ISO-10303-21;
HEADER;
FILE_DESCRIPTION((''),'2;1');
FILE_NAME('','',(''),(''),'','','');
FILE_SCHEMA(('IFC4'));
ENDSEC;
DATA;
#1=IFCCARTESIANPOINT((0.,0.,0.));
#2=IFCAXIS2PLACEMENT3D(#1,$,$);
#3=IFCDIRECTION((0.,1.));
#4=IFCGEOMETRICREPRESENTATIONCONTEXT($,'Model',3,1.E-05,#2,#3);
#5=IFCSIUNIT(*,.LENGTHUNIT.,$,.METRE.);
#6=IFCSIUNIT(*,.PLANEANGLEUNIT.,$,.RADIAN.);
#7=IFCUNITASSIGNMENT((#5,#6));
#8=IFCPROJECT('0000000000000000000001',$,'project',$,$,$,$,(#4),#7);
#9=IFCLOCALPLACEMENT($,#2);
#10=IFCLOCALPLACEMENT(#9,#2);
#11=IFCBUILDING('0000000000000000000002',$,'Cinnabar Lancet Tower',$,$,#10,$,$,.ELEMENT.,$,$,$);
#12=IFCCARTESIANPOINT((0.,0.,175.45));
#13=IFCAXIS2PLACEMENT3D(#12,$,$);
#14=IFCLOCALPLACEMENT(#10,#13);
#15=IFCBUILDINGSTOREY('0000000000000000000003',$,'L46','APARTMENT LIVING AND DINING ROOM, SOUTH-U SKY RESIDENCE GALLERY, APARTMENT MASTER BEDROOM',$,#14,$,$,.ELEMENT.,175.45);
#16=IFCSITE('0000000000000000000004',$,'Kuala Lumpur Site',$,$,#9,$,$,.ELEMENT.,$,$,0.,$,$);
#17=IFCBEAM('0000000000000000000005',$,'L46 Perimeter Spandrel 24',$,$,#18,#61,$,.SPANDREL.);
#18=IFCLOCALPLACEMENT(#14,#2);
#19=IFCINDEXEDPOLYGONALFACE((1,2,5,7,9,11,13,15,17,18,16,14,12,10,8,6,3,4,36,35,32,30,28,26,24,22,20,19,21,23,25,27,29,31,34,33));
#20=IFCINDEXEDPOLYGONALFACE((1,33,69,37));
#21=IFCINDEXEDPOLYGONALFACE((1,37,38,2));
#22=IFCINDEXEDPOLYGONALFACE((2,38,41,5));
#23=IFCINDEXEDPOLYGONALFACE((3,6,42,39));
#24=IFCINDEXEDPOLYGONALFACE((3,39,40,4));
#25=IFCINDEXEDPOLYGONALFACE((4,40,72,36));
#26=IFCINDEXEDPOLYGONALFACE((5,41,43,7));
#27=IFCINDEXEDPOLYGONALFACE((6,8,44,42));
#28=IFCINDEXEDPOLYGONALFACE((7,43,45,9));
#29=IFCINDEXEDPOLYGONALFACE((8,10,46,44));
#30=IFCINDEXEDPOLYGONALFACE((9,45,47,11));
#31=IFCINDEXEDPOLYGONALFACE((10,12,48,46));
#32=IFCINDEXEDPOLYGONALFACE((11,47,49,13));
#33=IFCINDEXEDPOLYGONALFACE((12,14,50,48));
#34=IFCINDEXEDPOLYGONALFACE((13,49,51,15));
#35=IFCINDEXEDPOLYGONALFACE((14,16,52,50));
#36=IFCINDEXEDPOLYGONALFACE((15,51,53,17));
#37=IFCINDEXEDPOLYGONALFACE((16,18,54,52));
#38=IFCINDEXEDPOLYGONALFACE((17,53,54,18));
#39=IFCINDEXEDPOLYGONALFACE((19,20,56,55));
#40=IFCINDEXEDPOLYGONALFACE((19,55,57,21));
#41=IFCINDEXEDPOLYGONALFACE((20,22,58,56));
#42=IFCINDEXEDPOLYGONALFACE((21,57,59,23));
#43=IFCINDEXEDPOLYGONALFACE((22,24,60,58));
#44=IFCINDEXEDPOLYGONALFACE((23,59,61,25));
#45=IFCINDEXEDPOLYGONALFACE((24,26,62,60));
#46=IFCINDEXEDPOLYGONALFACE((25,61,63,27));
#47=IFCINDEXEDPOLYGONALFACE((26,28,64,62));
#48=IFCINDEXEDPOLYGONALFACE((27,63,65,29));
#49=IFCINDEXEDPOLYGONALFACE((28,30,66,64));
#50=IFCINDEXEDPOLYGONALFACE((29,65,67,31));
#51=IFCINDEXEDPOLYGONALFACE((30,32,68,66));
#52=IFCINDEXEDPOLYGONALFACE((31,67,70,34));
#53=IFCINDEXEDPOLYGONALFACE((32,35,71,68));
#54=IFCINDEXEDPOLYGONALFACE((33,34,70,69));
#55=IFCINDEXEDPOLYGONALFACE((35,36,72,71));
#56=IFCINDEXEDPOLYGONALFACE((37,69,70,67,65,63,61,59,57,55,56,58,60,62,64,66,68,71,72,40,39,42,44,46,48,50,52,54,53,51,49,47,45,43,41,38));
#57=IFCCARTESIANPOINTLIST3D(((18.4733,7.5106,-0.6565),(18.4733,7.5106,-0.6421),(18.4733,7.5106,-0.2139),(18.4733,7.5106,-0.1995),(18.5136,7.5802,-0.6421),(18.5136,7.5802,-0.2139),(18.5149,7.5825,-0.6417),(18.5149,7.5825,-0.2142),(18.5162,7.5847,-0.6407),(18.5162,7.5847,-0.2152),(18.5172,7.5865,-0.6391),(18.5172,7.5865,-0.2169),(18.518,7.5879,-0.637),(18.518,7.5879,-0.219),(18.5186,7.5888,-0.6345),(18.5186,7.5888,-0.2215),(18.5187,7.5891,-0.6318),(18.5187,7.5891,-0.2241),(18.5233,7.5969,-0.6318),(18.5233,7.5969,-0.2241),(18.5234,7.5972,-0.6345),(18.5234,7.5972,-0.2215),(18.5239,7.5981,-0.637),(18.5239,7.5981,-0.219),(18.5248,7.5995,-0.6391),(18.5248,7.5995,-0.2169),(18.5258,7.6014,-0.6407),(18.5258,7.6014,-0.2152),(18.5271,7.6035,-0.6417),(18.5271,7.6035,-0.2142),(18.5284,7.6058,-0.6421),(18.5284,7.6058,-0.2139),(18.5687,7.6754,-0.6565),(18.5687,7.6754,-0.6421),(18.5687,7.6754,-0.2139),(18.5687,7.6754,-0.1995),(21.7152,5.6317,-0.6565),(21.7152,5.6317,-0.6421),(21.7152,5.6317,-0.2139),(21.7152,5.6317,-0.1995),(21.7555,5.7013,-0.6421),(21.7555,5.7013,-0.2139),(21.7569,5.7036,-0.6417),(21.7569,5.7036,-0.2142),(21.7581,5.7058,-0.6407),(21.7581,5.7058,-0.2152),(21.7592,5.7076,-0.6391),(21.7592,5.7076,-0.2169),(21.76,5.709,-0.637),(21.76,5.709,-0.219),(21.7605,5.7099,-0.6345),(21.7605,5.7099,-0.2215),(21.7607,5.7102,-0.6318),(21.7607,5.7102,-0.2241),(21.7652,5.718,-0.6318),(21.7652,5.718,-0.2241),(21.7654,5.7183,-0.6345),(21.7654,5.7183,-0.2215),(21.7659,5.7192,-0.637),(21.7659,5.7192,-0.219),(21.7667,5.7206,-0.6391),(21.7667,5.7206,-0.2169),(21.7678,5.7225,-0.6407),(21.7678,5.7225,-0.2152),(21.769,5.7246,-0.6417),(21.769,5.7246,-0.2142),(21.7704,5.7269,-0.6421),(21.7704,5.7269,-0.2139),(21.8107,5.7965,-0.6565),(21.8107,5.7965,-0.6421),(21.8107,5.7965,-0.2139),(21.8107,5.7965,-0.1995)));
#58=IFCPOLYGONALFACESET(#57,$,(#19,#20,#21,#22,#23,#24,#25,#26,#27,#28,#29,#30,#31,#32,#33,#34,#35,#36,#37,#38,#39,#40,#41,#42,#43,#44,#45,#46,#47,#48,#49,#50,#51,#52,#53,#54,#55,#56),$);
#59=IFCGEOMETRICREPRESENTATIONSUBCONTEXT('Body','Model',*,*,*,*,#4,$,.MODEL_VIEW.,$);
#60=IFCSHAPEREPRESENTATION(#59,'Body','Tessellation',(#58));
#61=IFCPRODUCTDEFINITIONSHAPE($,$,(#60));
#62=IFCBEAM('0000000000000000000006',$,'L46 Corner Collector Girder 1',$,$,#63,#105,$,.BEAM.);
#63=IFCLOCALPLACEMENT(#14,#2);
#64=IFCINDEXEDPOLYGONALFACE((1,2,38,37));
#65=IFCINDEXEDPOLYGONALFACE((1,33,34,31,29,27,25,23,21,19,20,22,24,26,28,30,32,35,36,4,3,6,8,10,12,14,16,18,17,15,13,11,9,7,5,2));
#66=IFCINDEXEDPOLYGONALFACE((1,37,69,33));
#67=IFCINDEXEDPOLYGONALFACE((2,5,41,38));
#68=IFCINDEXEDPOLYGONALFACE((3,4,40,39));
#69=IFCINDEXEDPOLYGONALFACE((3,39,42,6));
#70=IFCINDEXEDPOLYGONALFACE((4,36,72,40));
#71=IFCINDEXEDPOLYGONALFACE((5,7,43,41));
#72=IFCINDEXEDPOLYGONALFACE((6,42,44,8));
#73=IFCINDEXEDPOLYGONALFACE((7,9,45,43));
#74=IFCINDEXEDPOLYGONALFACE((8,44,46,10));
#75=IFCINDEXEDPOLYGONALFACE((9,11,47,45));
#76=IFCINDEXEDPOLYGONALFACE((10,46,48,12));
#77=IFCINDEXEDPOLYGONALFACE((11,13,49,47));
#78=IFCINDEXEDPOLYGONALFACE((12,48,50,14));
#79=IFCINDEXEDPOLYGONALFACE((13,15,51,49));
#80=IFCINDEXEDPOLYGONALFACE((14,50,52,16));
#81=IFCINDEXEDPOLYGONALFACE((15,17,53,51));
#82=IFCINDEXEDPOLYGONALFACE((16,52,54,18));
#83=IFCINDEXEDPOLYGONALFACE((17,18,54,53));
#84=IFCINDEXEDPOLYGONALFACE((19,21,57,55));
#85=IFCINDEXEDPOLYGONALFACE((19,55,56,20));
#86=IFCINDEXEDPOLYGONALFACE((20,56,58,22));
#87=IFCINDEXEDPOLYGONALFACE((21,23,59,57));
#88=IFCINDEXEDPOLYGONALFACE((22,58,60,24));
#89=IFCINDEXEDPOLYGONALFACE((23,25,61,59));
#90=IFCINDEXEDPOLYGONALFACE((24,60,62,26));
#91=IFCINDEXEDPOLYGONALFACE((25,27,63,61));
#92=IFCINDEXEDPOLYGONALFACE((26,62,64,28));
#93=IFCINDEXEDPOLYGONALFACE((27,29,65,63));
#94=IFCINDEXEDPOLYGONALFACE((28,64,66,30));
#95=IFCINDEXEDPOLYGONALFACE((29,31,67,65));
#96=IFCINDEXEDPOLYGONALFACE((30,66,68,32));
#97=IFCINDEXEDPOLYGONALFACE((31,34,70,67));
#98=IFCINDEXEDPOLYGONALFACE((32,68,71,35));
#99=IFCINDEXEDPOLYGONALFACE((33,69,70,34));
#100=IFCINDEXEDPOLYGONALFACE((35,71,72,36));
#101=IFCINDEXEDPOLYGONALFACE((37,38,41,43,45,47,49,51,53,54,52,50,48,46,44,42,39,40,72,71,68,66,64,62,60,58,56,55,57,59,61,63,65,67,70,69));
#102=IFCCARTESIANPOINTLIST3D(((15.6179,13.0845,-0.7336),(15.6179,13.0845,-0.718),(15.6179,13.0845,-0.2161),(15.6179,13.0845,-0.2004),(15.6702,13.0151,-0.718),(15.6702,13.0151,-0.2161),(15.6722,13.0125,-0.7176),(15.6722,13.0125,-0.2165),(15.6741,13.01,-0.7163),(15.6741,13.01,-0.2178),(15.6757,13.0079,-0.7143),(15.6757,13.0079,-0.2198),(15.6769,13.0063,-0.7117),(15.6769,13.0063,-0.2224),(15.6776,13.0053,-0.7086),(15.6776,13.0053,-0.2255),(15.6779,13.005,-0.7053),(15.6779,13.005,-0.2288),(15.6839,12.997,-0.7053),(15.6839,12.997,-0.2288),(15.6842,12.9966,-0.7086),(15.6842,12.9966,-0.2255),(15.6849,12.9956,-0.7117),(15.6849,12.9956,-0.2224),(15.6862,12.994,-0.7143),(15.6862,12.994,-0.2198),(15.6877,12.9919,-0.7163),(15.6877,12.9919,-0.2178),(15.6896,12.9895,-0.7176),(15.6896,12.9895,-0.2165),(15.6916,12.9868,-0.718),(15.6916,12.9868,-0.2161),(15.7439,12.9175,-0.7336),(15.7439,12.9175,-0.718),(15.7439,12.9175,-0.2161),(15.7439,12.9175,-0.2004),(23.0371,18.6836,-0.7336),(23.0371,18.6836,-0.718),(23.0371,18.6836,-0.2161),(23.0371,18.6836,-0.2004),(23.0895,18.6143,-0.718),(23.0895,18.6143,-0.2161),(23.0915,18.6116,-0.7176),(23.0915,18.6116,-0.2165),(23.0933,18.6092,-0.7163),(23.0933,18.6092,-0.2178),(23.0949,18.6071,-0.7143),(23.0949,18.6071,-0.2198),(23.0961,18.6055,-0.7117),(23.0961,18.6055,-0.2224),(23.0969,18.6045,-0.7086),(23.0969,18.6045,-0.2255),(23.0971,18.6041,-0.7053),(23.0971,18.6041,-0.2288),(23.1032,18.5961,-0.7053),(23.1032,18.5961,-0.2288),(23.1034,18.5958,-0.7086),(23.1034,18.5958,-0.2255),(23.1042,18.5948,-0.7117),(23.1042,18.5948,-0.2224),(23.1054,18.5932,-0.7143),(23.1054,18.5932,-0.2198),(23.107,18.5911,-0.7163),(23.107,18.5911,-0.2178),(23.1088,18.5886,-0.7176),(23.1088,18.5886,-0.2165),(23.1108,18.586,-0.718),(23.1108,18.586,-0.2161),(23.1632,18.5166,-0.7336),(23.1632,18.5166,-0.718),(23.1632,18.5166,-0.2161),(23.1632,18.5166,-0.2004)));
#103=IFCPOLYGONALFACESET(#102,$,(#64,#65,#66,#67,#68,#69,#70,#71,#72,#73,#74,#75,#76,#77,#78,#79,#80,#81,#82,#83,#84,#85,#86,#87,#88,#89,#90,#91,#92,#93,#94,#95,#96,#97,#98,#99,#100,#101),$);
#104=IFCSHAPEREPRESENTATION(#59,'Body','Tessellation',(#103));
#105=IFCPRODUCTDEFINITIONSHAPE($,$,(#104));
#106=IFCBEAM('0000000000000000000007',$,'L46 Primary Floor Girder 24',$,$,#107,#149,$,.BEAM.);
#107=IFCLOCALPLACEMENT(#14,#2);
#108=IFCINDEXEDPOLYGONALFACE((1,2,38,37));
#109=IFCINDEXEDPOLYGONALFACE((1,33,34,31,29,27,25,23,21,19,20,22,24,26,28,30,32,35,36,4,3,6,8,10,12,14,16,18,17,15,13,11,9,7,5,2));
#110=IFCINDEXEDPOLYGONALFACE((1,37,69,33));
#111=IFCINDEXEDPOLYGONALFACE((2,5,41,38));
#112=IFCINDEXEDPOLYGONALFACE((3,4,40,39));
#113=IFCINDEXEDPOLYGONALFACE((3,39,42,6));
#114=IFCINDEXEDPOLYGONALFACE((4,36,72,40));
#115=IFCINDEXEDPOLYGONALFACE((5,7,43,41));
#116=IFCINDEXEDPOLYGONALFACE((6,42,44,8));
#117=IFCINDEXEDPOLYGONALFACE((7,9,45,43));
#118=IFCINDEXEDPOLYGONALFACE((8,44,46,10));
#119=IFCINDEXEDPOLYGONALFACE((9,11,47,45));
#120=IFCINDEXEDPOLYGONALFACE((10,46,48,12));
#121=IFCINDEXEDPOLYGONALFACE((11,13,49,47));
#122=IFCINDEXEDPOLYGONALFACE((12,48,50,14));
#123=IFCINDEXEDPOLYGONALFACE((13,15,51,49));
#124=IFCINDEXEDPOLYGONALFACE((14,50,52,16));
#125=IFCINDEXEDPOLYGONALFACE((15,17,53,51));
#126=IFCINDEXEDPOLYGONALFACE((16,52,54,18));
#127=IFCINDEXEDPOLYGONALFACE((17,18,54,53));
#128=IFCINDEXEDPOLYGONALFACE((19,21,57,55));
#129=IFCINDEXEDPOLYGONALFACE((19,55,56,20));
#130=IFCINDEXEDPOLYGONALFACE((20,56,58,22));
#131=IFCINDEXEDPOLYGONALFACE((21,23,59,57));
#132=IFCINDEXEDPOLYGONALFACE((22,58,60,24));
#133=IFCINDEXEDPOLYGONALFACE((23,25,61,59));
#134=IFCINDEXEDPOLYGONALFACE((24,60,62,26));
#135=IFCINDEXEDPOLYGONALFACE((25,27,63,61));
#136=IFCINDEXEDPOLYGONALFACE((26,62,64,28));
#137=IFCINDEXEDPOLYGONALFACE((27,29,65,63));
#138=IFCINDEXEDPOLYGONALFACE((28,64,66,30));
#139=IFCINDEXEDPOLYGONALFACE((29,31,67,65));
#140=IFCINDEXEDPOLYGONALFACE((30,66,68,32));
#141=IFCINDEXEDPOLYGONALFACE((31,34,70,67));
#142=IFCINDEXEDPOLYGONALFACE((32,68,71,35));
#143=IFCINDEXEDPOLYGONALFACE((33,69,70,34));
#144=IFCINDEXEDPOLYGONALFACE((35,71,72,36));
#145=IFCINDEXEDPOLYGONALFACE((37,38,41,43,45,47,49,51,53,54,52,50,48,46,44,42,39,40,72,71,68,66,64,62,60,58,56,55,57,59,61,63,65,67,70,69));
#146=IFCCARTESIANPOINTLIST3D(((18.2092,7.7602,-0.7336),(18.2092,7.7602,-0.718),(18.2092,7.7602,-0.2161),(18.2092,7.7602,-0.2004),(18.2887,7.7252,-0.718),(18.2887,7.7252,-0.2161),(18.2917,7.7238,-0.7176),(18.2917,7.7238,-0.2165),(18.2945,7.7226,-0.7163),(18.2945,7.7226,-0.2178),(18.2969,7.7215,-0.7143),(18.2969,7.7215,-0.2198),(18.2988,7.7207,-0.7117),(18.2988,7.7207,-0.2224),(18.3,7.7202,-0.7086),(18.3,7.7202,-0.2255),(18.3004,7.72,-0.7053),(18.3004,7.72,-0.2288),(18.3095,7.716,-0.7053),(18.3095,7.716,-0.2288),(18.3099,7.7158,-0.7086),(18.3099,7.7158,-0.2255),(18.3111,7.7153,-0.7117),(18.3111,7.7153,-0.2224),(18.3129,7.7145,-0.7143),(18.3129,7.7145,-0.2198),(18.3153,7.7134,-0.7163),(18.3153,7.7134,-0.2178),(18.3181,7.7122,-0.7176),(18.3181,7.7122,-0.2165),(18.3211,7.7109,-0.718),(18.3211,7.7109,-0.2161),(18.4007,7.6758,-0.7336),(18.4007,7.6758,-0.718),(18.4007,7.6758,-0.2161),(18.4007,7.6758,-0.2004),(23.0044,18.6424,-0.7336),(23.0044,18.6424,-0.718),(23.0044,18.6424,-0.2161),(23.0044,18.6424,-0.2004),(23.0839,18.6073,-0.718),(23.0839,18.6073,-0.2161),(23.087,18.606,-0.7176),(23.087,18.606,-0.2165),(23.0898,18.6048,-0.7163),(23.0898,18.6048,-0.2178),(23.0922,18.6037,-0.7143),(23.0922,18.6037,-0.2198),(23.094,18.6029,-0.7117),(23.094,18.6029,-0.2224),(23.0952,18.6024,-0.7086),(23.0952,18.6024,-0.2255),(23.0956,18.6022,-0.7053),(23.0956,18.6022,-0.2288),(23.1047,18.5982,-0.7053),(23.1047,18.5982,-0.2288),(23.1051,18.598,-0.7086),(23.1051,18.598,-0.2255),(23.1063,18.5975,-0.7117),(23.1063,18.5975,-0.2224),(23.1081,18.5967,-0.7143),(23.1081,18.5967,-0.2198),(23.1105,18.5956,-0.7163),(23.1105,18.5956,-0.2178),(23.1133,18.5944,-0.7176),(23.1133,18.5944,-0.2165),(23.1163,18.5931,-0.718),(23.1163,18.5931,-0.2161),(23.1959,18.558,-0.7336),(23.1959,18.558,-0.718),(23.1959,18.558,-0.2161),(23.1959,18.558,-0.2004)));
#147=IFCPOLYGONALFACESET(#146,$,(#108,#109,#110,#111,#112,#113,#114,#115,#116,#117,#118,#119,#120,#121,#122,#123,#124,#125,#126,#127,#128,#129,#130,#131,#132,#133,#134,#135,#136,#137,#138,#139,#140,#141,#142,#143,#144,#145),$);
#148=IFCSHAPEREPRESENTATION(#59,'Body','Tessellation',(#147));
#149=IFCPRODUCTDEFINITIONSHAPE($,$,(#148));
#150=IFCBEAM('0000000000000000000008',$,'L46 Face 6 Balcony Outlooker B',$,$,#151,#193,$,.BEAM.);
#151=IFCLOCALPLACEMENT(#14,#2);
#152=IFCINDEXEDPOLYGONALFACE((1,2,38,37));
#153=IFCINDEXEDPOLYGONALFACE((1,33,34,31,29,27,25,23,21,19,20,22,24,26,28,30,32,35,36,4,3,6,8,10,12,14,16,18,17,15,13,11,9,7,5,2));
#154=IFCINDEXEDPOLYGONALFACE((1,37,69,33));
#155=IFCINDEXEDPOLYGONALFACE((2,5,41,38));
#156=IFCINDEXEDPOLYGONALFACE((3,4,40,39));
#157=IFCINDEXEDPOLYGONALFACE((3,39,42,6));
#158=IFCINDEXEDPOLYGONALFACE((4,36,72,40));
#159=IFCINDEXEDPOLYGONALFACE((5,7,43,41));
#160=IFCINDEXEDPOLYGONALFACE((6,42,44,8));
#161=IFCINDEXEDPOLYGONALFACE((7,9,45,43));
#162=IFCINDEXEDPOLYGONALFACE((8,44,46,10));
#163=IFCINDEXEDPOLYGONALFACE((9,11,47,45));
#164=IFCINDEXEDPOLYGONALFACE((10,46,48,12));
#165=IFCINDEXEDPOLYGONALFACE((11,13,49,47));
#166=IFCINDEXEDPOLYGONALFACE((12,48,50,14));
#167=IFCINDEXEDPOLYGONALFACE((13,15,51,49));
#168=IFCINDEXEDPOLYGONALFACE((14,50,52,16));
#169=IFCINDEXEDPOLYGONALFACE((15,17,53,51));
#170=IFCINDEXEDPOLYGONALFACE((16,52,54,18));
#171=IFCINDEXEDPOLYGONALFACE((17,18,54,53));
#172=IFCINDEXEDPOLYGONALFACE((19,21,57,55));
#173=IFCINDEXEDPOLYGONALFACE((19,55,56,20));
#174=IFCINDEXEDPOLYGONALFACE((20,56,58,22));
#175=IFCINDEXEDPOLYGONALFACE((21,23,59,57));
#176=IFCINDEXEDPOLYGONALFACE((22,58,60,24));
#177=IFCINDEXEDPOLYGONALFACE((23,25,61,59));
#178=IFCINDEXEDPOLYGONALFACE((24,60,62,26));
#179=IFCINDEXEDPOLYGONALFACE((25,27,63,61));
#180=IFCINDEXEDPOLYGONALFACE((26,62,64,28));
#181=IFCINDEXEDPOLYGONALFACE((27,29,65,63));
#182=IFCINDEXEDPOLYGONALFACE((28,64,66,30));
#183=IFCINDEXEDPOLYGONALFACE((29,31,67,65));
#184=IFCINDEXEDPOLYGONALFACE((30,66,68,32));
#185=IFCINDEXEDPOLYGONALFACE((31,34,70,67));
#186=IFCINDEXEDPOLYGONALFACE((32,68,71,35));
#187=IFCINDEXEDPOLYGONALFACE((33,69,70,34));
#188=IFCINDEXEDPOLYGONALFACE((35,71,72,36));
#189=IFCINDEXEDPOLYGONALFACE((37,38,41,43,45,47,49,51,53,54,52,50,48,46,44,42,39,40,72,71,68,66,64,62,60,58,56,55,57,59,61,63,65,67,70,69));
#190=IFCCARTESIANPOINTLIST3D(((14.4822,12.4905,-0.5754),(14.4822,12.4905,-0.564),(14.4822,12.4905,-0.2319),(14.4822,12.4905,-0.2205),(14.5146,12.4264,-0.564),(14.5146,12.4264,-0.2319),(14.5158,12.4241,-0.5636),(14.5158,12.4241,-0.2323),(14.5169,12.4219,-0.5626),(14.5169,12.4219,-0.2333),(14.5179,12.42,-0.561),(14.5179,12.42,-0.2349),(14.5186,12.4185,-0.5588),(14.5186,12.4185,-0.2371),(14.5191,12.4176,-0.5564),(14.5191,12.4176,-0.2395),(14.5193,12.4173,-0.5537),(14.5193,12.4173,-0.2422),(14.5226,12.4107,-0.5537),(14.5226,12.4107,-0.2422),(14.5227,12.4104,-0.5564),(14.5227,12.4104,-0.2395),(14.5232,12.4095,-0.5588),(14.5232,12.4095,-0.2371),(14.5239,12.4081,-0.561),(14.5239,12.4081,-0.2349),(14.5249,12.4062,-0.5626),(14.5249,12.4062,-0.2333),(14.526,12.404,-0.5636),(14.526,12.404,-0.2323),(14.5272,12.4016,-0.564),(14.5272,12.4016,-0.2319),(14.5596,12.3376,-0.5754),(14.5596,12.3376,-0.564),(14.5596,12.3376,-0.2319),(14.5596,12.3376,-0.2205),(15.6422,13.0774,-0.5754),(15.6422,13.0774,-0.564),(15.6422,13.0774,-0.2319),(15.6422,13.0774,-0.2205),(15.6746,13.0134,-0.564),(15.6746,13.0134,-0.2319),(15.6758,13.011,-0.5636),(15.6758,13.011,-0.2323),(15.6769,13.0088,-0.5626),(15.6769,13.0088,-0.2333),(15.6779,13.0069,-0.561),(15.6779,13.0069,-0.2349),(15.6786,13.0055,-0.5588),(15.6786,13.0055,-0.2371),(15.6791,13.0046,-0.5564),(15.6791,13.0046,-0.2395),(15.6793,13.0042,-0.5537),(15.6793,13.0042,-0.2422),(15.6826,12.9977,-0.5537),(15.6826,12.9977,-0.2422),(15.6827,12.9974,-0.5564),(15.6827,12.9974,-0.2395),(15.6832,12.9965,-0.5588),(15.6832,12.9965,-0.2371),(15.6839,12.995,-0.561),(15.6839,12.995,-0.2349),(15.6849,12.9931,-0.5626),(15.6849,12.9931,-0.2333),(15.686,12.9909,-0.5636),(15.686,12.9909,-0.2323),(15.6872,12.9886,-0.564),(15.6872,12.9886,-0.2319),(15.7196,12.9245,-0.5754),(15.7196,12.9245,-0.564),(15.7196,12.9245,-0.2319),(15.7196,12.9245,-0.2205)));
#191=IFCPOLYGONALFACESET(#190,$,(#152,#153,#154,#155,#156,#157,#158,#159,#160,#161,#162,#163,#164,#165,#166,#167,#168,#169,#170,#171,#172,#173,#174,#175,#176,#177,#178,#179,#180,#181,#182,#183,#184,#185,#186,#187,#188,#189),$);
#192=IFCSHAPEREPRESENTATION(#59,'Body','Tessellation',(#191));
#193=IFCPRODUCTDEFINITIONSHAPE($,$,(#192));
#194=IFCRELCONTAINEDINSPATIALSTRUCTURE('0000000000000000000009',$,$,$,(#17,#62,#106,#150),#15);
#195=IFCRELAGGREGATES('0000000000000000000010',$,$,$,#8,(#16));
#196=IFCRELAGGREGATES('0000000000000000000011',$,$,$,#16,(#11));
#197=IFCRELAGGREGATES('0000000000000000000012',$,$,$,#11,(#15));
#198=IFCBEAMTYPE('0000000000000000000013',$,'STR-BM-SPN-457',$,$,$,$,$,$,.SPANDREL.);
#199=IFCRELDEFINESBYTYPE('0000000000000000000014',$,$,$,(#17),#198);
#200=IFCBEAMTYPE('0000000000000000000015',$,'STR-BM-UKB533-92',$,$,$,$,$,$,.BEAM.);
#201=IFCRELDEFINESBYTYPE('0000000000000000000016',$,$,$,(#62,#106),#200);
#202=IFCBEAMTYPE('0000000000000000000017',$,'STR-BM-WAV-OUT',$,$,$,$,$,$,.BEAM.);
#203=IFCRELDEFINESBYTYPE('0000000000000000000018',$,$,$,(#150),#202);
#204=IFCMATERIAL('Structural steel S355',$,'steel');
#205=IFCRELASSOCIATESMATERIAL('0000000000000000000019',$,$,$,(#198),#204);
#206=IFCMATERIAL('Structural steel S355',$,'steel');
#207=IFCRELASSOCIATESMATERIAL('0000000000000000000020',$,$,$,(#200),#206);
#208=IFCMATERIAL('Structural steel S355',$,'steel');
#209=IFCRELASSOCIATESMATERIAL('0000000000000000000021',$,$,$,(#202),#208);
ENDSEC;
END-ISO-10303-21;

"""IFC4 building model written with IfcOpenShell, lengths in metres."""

from ifc_helpers import new_model, si_unit, direction, frame, origin, origin_2d, place, context, subcontext, project, spatial, i_section, extrude, material, material_profile, profile_set, type_object, element, save


model = new_model("IFC4")

# Units and contexts
model_context = context("Model", 3, precision=1e-05, world=origin(), true_north=direction((0.0, 1.0)))
body_context = subcontext(model_context, "Body", "Model", "MODEL_VIEW")
ifc_project = project(units=[si_unit("LENGTHUNIT", "METRE"), si_unit("PLANEANGLEUNIT", "RADIAN")], contexts=[model_context])

# Site, building, storey
site_placement = place(None, origin())
site = spatial("IfcSite", under=ifc_project, at=site_placement, Name="Kuala Lumpur Site", CompositionType="ELEMENT", RefElevation=0.0)
building_placement = place(site_placement, origin())
building = spatial("IfcBuilding", under=site, at=building_placement, Name="Cinnabar Lancet Tower", CompositionType="ELEMENT")
storey_placement = place(building_placement, frame((0.0, 0.0, 175.45)))
storey = spatial("IfcBuildingStorey", under=building, at=storey_placement, Name="L46", Description="APARTMENT LIVING AND DINING ROOM, SOUTH-U SKY RESIDENCE GALLERY, APARTMENT MASTER BEDROOM", CompositionType="ELEMENT", Elevation=175.45)

# Beams
ifc_material_1 = material(Name="Structural steel S355", Category="steel")
ifc_material_profile_1 = material_profile(ifc_material_1, i_section(OverallWidth=0.1904, OverallDepth=0.457, WebThickness=0.009, FlangeThickness=0.0144, FilletRadius=0.0103, at=origin_2d()), Name="UKB 457x191x74")
ifc_profile_set_1 = profile_set([ifc_material_profile_1], Name="Structural steel S355")
beam_type_1 = type_object("IfcBeamType", Name="STR-BM-SPN-457", PredefinedType="SPANDREL", material=ifc_profile_set_1)
beam_1_placement = place(storey_placement, frame((18.521, 7.593, -0.428), z_axis=(0.865196, -0.501434, 0.0), x_axis=(0.501434, 0.865196, 0.0)))
element("IfcBeam", 1, at=beam_1_placement, inside=storey, type_object=beam_type_1, Name="L46 Perimeter Spandrel 24", PredefinedType="SPANDREL", context=body_context, shape_type="SweptSolid", body=[
    extrude(i_section(OverallWidth=0.1904, OverallDepth=0.457, WebThickness=0.009, FlangeThickness=0.0144, FilletRadius=0.0103, at=origin_2d()), origin(), (0.0, 0.0, 1.0), 3.7471),
])
ifc_material_2 = material(Name="Structural steel S355", Category="steel")
ifc_material_profile_2 = material_profile(ifc_material_2, i_section(OverallWidth=0.2092, OverallDepth=0.5332, WebThickness=0.01, FlangeThickness=0.0156, FilletRadius=0.0127, at=origin_2d()), Name="UKB 533x210x92")
ifc_profile_set_2 = profile_set([ifc_material_profile_2], Name="Structural steel S355")
beam_type_2 = type_object("IfcBeamType", Name="STR-BM-UKB533-92", PredefinedType="BEAM", material=ifc_profile_set_2)
beam_2_placement = place(storey_placement, frame((15.6809, 13.001, -0.467), z_axis=(0.798203, 0.602389, 0.0), x_axis=(-0.602389, 0.798203, 0.0)))
element("IfcBeam", 2, at=beam_2_placement, inside=storey, type_object=beam_type_2, Name="L46 Corner Collector Girder 1", PredefinedType="BEAM", context=body_context, shape_type="SweptSolid", body=[
    extrude(i_section(OverallWidth=0.2092, OverallDepth=0.5332, WebThickness=0.01, FlangeThickness=0.0156, FilletRadius=0.0127, at=origin_2d()), origin(), (0.0, 0.0, 1.0), 9.2949),
])
beam_3_placement = place(storey_placement, frame((18.3049, 7.718, -0.467), z_axis=(0.403235, 0.915096, 0.0), x_axis=(-0.915096, 0.403235, 0.0)))
element("IfcBeam", 3, at=beam_3_placement, inside=storey, type_object=beam_type_2, Name="L46 Primary Floor Girder 24", PredefinedType="BEAM", context=body_context, shape_type="SweptSolid", body=[
    extrude(i_section(OverallWidth=0.2092, OverallDepth=0.5332, WebThickness=0.01, FlangeThickness=0.0156, FilletRadius=0.0127, at=origin_2d()), origin(), (0.0, 0.0, 1.0), 11.8918),
])
ifc_material_3 = material(Name="Structural steel S355", Category="steel")
ifc_material_profile_3 = material_profile(ifc_material_3, i_section(OverallWidth=0.1714, OverallDepth=0.355, WebThickness=0.0073, FlangeThickness=0.0115, FilletRadius=0.0103, at=origin_2d()), Name="UKB 356x171x51")
ifc_profile_set_3 = profile_set([ifc_material_profile_3], Name="Structural steel S355")
beam_type_3 = type_object("IfcBeamType", Name="STR-BM-WAV-OUT", PredefinedType="BEAM", material=ifc_profile_set_3)
beam_4_placement = place(storey_placement, frame((15.6809, 13.001, -0.3979), z_axis=(-0.892276, -0.45149, 0.0), x_axis=(0.45149, -0.892276, 0.0)))
element("IfcBeam", 4, at=beam_4_placement, inside=storey, type_object=beam_type_3, Name="L46 Face 6 Balcony Outlooker B", PredefinedType="BEAM", context=body_context, shape_type="SweptSolid", body=[
    extrude(i_section(OverallWidth=0.1714, OverallDepth=0.355, WebThickness=0.0073, FlangeThickness=0.0115, FilletRadius=0.0103, at=origin_2d()), origin(), (0.0, 0.0, 1.0), 1.3),
])

save(model, "model.ifc")
